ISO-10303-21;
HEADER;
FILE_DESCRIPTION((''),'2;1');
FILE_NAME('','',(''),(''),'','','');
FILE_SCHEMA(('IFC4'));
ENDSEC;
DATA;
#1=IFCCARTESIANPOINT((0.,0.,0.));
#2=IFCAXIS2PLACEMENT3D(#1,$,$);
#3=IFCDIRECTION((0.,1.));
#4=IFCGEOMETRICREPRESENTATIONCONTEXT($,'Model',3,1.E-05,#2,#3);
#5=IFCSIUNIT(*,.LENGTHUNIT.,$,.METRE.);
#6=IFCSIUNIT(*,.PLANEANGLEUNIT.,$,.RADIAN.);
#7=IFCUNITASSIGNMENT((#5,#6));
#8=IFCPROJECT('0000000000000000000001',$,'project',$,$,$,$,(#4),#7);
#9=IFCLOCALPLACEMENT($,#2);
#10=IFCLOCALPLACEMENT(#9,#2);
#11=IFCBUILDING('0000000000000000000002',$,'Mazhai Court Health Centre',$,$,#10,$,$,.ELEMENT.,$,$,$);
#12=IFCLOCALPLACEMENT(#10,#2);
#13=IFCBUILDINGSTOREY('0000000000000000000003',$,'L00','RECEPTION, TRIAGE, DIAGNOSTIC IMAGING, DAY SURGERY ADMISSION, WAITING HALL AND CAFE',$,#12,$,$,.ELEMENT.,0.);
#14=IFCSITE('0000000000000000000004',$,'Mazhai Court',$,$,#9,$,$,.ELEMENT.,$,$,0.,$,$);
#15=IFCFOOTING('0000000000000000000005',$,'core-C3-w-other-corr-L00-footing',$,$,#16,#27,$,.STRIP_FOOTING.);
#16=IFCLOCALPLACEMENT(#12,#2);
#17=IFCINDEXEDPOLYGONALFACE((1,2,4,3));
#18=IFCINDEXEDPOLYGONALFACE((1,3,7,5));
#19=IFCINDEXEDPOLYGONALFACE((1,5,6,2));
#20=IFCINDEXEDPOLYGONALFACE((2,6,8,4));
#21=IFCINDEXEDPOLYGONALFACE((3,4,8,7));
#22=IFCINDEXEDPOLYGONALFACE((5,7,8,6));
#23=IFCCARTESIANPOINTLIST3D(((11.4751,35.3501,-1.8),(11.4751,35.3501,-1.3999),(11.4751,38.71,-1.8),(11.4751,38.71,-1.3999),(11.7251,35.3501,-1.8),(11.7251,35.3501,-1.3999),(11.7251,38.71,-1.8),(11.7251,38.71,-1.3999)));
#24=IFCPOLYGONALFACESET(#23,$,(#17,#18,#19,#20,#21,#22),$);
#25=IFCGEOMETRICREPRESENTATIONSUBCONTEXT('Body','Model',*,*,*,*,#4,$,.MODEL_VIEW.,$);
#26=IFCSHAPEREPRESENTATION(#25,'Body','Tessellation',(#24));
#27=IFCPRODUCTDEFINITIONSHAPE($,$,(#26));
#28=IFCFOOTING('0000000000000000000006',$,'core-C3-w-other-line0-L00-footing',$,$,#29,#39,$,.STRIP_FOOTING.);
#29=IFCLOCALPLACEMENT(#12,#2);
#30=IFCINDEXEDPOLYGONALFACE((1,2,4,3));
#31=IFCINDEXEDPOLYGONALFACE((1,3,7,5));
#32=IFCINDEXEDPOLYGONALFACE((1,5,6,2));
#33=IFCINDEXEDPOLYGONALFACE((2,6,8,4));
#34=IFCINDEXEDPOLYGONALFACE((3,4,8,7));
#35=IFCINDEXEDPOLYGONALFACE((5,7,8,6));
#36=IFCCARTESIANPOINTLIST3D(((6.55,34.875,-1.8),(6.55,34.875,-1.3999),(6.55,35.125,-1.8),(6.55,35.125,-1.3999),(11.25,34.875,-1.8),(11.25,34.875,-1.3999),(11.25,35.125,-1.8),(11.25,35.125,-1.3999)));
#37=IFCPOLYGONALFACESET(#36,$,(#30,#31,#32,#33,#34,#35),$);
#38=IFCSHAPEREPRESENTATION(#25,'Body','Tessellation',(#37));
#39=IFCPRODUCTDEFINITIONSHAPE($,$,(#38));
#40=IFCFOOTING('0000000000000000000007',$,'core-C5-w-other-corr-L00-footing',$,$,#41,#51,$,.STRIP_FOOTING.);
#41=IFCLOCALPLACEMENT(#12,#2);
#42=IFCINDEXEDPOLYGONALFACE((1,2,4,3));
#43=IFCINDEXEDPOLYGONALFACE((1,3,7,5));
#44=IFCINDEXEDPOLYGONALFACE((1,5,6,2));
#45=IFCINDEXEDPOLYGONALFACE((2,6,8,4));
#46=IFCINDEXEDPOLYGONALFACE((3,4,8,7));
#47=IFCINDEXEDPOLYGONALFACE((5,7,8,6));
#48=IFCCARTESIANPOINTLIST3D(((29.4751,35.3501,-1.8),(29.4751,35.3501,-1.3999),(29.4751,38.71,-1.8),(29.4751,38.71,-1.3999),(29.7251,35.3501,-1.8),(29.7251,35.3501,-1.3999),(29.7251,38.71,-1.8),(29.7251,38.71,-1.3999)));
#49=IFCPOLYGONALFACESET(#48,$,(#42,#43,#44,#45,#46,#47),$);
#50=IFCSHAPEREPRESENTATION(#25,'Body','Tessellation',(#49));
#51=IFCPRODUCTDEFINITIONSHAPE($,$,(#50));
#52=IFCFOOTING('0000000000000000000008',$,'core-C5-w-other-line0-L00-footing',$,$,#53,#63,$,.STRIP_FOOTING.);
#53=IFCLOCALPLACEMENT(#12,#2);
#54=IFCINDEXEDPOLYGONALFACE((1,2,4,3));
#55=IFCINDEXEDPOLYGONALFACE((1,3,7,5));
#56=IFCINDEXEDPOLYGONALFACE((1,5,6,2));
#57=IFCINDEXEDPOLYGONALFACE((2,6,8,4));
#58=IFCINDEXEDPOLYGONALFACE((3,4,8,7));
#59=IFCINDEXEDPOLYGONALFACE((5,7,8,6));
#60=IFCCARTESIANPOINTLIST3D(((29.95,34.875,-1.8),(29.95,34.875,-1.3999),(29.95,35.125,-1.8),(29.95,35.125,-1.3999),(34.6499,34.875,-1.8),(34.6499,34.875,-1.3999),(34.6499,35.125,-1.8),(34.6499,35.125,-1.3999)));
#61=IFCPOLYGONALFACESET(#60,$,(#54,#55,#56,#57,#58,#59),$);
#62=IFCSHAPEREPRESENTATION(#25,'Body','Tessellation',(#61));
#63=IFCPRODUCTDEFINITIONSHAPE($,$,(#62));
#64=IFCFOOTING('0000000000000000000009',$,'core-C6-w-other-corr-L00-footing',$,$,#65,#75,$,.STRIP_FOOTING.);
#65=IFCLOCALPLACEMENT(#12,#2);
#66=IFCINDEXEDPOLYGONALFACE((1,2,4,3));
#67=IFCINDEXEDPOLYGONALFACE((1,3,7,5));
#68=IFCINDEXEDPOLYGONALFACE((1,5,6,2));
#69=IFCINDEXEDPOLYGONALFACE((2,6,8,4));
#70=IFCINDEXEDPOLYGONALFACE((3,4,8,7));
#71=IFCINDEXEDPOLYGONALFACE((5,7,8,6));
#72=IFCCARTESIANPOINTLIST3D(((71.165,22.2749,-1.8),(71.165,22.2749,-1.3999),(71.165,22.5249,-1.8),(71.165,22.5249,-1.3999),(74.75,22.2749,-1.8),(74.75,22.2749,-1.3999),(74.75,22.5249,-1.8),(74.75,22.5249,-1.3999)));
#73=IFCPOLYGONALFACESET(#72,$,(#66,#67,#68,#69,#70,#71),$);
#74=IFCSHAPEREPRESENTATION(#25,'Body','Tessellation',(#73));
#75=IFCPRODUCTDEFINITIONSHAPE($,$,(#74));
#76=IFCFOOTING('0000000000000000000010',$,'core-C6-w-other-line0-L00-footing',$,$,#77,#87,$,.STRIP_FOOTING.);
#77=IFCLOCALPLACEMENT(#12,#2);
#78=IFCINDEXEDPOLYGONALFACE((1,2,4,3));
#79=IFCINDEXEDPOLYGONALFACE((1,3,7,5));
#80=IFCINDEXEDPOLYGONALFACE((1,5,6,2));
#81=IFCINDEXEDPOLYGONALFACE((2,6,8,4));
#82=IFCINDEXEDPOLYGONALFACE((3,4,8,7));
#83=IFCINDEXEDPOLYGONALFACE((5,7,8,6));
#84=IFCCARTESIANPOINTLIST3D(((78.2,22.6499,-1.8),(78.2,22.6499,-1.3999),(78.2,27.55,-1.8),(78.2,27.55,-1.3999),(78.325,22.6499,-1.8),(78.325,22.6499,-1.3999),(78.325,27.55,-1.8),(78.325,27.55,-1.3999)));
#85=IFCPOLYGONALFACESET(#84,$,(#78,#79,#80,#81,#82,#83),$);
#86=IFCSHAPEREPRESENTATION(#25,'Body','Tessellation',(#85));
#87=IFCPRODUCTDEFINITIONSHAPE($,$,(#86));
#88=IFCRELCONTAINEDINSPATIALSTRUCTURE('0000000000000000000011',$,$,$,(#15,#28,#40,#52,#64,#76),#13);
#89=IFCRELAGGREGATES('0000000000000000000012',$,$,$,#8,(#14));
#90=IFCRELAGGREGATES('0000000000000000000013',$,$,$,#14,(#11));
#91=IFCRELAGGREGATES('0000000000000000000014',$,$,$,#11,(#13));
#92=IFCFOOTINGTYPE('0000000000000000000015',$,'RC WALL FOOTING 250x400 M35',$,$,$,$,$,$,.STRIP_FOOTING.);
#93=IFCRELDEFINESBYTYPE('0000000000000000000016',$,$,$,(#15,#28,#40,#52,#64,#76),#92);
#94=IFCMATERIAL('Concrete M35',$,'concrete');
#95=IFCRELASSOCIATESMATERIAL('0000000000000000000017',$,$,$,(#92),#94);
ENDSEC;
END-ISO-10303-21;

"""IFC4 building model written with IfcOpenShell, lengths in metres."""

from ifc_helpers import new_model, si_unit, direction, frame, origin, place, context, subcontext, project, spatial, polyline, outline, extrude, material, type_object, element, save


model = new_model("IFC4")

# Units and contexts
model_context = context("Model", 3, precision=1e-05, world=origin(), true_north=direction((0.0, 1.0)))
body_context = subcontext(model_context, "Body", "Model", "MODEL_VIEW")
ifc_project = project(units=[si_unit("LENGTHUNIT", "METRE"), si_unit("PLANEANGLEUNIT", "RADIAN")], contexts=[model_context])

# Site, building, storey
site_placement = place(None, origin())
site = spatial("IfcSite", under=ifc_project, at=site_placement, Name="Mazhai Court", CompositionType="ELEMENT", RefElevation=0.0)
building_placement = place(site_placement, origin())
building = spatial("IfcBuilding", under=site, at=building_placement, Name="Mazhai Court Health Centre", CompositionType="ELEMENT")
storey_placement = place(building_placement, origin())
storey = spatial("IfcBuildingStorey", under=building, at=storey_placement, Name="L00", Description="RECEPTION, TRIAGE, DIAGNOSTIC IMAGING, DAY SURGERY ADMISSION, WAITING HALL AND CAFE", CompositionType="ELEMENT", Elevation=0.0)

# Footings
ifc_material_1 = material(Name="Concrete M35", Category="concrete")
footing_type_1 = type_object("IfcFootingType", Name="RC WALL FOOTING 250x400 M35", PredefinedType="STRIP_FOOTING", material=ifc_material_1)
footing_1_placement = place(storey_placement, frame((0.0, 0.0, -1.8)))
element("IfcFooting", 1, at=footing_1_placement, inside=storey, type_object=footing_type_1, Name="core-C3-w-other-corr-L00-footing", PredefinedType="STRIP_FOOTING", context=body_context, shape_type="SweptSolid", body=[
    extrude(outline(polyline([(11.4751, 38.71), (11.7251, 38.71), (11.7251, 35.3501), (11.4751, 35.3501), (11.4751, 38.71)])), origin(), (0.0, 0.0, 1.0), 0.4001),
])
footing_2_placement = place(storey_placement, frame((0.0, 0.0, -1.8)))
element("IfcFooting", 2, at=footing_2_placement, inside=storey, type_object=footing_type_1, Name="core-C3-w-other-line0-L00-footing", PredefinedType="STRIP_FOOTING", context=body_context, shape_type="SweptSolid", body=[
    extrude(outline(polyline([(11.25, 35.125), (11.25, 34.875), (6.55, 34.875), (6.55, 35.125), (11.25, 35.125)])), origin(), (0.0, 0.0, 1.0), 0.4001),
])
footing_3_placement = place(storey_placement, frame((0.0, 0.0, -1.8)))
element("IfcFooting", 3, at=footing_3_placement, inside=storey, type_object=footing_type_1, Name="core-C5-w-other-corr-L00-footing", PredefinedType="STRIP_FOOTING", context=body_context, shape_type="SweptSolid", body=[
    extrude(outline(polyline([(29.4751, 38.71), (29.7251, 38.71), (29.7251, 35.3501), (29.4751, 35.3501), (29.4751, 38.71)])), origin(), (0.0, 0.0, 1.0), 0.4001),
])
footing_4_placement = place(storey_placement, frame((0.0, 0.0, -1.8)))
element("IfcFooting", 4, at=footing_4_placement, inside=storey, type_object=footing_type_1, Name="core-C5-w-other-line0-L00-footing", PredefinedType="STRIP_FOOTING", context=body_context, shape_type="SweptSolid", body=[
    extrude(outline(polyline([(34.6499, 35.125), (34.6499, 34.875), (29.95, 34.875), (29.95, 35.125), (34.6499, 35.125)])), origin(), (0.0, 0.0, 1.0), 0.4001),
])
footing_5_placement = place(storey_placement, frame((0.0, 0.0, -1.8)))
element("IfcFooting", 5, at=footing_5_placement, inside=storey, type_object=footing_type_1, Name="core-C6-w-other-corr-L00-footing", PredefinedType="STRIP_FOOTING", context=body_context, shape_type="SweptSolid", body=[
    extrude(outline(polyline([(74.75, 22.5249), (74.75, 22.2749), (71.165, 22.2749), (71.165, 22.5249), (74.75, 22.5249)])), origin(), (0.0, 0.0, 1.0), 0.4001),
])
footing_6_placement = place(storey_placement, frame((0.0, 0.0, -1.8)))
element("IfcFooting", 6, at=footing_6_placement, inside=storey, type_object=footing_type_1, Name="core-C6-w-other-line0-L00-footing", PredefinedType="STRIP_FOOTING", context=body_context, shape_type="SweptSolid", body=[
    extrude(outline(polyline([(78.325, 27.55), (78.325, 22.6499), (78.2, 22.6499), (78.2, 27.55), (78.325, 27.55)])), origin(), (0.0, 0.0, 1.0), 0.4001),
])

save(model, "model.ifc")
